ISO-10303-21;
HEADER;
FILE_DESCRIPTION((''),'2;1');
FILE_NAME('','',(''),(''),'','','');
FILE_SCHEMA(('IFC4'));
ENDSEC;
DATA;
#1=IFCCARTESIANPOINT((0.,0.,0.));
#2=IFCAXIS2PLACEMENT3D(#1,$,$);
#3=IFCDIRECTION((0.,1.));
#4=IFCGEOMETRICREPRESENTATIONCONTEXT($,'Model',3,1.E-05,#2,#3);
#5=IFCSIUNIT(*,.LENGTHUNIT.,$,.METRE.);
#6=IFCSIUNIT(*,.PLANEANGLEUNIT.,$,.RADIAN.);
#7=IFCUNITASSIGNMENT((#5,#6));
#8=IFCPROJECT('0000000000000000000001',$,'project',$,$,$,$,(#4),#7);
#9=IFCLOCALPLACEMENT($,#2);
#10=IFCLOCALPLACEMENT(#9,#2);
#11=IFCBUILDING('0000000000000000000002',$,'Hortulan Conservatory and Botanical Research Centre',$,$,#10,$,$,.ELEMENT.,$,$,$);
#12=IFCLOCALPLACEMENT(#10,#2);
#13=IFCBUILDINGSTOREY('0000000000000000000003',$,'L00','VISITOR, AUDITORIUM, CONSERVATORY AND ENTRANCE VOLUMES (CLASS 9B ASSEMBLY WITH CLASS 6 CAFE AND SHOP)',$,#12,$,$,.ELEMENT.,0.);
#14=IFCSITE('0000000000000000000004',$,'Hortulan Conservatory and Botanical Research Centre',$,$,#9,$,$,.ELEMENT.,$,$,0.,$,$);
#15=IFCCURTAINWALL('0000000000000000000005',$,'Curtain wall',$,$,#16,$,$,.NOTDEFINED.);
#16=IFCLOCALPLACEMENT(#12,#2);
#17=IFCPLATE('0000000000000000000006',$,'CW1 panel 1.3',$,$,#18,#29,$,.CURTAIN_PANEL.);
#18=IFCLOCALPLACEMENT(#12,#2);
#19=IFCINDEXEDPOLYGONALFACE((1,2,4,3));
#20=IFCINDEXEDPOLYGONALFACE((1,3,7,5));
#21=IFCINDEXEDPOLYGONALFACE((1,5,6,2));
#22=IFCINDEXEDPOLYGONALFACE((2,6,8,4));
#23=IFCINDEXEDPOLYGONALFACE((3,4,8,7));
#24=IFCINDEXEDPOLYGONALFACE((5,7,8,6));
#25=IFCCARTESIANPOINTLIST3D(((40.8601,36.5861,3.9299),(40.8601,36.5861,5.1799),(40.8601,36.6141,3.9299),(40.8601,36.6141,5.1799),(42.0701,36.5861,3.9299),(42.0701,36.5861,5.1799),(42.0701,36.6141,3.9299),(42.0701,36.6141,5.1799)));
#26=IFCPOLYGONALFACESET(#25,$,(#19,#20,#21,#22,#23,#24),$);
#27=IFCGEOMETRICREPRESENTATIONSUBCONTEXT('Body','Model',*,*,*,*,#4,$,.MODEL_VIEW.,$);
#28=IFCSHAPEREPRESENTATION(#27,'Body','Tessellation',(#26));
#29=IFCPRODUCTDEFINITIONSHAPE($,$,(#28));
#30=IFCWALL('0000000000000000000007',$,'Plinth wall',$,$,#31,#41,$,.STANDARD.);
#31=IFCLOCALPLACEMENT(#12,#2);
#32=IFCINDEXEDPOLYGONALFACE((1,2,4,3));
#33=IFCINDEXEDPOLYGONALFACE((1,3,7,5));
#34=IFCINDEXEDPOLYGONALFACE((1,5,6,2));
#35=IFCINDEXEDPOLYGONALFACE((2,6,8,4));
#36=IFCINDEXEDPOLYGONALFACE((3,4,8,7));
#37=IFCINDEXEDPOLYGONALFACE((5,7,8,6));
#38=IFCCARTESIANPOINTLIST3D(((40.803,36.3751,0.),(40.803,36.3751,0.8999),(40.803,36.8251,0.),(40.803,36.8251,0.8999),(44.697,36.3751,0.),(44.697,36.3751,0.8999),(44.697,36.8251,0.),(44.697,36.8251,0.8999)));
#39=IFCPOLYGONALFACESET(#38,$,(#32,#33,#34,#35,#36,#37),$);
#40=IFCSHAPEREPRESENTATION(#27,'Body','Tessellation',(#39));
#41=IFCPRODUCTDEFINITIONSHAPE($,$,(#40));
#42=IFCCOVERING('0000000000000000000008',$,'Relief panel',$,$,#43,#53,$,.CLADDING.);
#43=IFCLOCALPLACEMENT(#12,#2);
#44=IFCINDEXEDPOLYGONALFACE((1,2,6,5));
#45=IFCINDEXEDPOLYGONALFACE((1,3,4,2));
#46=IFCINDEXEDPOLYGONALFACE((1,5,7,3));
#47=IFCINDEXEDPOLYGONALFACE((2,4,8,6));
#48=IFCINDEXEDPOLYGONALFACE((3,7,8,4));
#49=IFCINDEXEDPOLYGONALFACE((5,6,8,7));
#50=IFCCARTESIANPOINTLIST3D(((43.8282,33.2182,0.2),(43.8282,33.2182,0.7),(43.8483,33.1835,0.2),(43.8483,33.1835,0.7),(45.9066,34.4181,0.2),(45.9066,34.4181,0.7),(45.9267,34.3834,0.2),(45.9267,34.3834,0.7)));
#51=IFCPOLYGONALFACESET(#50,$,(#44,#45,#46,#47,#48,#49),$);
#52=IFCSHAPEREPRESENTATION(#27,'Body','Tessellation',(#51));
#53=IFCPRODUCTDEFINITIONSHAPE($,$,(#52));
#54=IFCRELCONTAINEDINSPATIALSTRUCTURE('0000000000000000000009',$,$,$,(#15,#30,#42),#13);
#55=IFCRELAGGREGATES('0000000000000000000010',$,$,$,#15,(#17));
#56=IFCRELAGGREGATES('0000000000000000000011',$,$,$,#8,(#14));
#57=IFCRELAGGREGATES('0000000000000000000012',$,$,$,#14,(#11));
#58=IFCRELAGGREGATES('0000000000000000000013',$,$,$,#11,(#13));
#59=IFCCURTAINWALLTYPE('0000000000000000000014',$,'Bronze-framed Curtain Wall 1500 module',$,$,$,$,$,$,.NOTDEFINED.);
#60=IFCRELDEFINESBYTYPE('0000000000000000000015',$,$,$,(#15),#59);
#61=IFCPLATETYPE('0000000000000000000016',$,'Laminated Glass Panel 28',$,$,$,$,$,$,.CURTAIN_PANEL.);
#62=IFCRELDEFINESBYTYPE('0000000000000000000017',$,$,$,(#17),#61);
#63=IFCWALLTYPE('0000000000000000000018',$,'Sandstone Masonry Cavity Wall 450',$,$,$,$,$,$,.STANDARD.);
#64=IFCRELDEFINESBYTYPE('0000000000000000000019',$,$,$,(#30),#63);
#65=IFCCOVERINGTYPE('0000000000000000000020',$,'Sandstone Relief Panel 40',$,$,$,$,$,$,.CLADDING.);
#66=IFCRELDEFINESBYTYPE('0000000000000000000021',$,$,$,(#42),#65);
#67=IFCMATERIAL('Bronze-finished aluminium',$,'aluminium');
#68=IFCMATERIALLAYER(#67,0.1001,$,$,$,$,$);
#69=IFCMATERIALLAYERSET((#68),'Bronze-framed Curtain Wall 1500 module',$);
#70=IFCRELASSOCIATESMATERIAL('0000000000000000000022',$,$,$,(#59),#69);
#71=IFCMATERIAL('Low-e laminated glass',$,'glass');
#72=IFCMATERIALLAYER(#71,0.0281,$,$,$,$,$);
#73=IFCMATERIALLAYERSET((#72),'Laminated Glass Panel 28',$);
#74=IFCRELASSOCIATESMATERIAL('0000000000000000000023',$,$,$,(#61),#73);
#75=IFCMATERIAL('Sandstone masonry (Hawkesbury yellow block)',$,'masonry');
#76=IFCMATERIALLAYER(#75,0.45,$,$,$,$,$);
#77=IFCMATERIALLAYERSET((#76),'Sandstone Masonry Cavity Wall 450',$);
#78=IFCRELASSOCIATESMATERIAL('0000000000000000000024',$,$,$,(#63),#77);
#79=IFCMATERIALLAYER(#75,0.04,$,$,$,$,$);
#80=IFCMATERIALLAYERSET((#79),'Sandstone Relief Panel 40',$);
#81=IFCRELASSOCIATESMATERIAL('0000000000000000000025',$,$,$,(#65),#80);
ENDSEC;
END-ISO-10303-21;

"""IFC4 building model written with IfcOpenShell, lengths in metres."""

from ifc_helpers import new_model, si_unit, direction, frame, frame_2d, origin, origin_2d, place, context, subcontext, project, spatial, rectangle, extrude, material, layer, layer_set, type_object, element, aggregate, save


model = new_model("IFC4")

# Units and contexts
model_context = context("Model", 3, precision=1e-05, world=origin(), true_north=direction((0.0, 1.0)))
body_context = subcontext(model_context, "Body", "Model", "MODEL_VIEW")
ifc_project = project(units=[si_unit("LENGTHUNIT", "METRE"), si_unit("PLANEANGLEUNIT", "RADIAN")], contexts=[model_context])

# Site, building, storey
site_placement = place(None, origin())
site = spatial("IfcSite", under=ifc_project, at=site_placement, Name="Hortulan Conservatory and Botanical Research Centre", CompositionType="ELEMENT", RefElevation=0.0)
building_placement = place(site_placement, origin())
building = spatial("IfcBuilding", under=site, at=building_placement, Name="Hortulan Conservatory and Botanical Research Centre", CompositionType="ELEMENT")
storey_placement = place(building_placement, origin())
storey = spatial("IfcBuildingStorey", under=building, at=storey_placement, Name="L00", Description="VISITOR, AUDITORIUM, CONSERVATORY AND ENTRANCE VOLUMES (CLASS 9B ASSEMBLY WITH CLASS 6 CAFE AND SHOP)", CompositionType="ELEMENT", Elevation=0.0)

# Shared definitions
ifc_material_1 = material(Name="Bronze-finished aluminium", Category="aluminium")
ifc_layer_1 = layer(ifc_material_1, 0.1001)
ifc_layer_set_1 = layer_set([ifc_layer_1], Name="Bronze-framed Curtain Wall 1500 module")
curtain_wall_type = type_object("IfcCurtainWallType", Name="Bronze-framed Curtain Wall 1500 module", PredefinedType="NOTDEFINED", material=ifc_layer_set_1)

# Curtain wall
curtain_wall_1_placement = place(storey_placement, origin())
curtain_wall_1 = element("IfcCurtainWall", 1, at=curtain_wall_1_placement, inside=storey, type_object=curtain_wall_type, Name="Curtain wall", PredefinedType="NOTDEFINED")

# Shared definitions
ifc_material_2 = material(Name="Low-e laminated glass", Category="glass")
ifc_layer_2 = layer(ifc_material_2, 0.0281)
ifc_layer_set_2 = layer_set([ifc_layer_2], Name="Laminated Glass Panel 28")
plate_type = type_object("IfcPlateType", Name="Laminated Glass Panel 28", PredefinedType="CURTAIN_PANEL", material=ifc_layer_set_2)

# Plate
plate_1_placement = place(storey_placement, frame((41.4651, 36.6001, 3.9299), z_axis=(0.0, 0.0, 1.0), x_axis=(1.0, 0.0, 0.0)))
plate_1 = element("IfcPlate", 2, at=plate_1_placement, type_object=plate_type, Name="CW1 panel 1.3", PredefinedType="CURTAIN_PANEL", context=body_context, shape_type="SweptSolid", body=[
    extrude(rectangle(XDim=1.21, YDim=0.0281, at=origin_2d()), origin(), (0.0, 0.0, 1.0), 1.25),
])
aggregate(curtain_wall_1, [plate_1])

# Wall
ifc_material_3 = material(Name="Sandstone masonry (Hawkesbury yellow block)", Category="masonry")
ifc_layer_3 = layer(ifc_material_3, 0.45)
ifc_layer_set_3 = layer_set([ifc_layer_3], Name="Sandstone Masonry Cavity Wall 450")
wall_type = type_object("IfcWallType", Name="Sandstone Masonry Cavity Wall 450", PredefinedType="STANDARD", material=ifc_layer_set_3)
wall_placement = place(storey_placement, frame((40.803, 36.6001, 0.0), z_axis=(0.0, 0.0, 1.0), x_axis=(1.0, 0.0, 0.0)))
element("IfcWall", 3, at=wall_placement, inside=storey, type_object=wall_type, Name="Plinth wall", PredefinedType="STANDARD", context=body_context, shape_type="SweptSolid", body=[
    extrude(rectangle(XDim=3.894, YDim=0.45, at=frame_2d((1.947, 0.0))), origin(), (0.0, 0.0, 1.0), 0.8999),
])

# Covering
ifc_layer_4 = layer(ifc_material_3, 0.04)
ifc_layer_set_4 = layer_set([ifc_layer_4], Name="Sandstone Relief Panel 40")
covering_type = type_object("IfcCoveringType", Name="Sandstone Relief Panel 40", PredefinedType="CLADDING", material=ifc_layer_set_4)
covering_placement = place(storey_placement, frame((44.8774, 33.8008, 0.2), z_axis=(0.0, 0.0, 1.0), x_axis=(0.866036, 0.499982, 0.0)))
element("IfcCovering", 4, at=covering_placement, inside=storey, type_object=covering_type, Name="Relief panel", PredefinedType="CLADDING", context=body_context, shape_type="SweptSolid", body=[
    extrude(rectangle(XDim=2.3999, YDim=0.04, at=origin_2d()), origin(), (0.0, 0.0, 1.0), 0.5),
])

save(model, "model.ifc")
